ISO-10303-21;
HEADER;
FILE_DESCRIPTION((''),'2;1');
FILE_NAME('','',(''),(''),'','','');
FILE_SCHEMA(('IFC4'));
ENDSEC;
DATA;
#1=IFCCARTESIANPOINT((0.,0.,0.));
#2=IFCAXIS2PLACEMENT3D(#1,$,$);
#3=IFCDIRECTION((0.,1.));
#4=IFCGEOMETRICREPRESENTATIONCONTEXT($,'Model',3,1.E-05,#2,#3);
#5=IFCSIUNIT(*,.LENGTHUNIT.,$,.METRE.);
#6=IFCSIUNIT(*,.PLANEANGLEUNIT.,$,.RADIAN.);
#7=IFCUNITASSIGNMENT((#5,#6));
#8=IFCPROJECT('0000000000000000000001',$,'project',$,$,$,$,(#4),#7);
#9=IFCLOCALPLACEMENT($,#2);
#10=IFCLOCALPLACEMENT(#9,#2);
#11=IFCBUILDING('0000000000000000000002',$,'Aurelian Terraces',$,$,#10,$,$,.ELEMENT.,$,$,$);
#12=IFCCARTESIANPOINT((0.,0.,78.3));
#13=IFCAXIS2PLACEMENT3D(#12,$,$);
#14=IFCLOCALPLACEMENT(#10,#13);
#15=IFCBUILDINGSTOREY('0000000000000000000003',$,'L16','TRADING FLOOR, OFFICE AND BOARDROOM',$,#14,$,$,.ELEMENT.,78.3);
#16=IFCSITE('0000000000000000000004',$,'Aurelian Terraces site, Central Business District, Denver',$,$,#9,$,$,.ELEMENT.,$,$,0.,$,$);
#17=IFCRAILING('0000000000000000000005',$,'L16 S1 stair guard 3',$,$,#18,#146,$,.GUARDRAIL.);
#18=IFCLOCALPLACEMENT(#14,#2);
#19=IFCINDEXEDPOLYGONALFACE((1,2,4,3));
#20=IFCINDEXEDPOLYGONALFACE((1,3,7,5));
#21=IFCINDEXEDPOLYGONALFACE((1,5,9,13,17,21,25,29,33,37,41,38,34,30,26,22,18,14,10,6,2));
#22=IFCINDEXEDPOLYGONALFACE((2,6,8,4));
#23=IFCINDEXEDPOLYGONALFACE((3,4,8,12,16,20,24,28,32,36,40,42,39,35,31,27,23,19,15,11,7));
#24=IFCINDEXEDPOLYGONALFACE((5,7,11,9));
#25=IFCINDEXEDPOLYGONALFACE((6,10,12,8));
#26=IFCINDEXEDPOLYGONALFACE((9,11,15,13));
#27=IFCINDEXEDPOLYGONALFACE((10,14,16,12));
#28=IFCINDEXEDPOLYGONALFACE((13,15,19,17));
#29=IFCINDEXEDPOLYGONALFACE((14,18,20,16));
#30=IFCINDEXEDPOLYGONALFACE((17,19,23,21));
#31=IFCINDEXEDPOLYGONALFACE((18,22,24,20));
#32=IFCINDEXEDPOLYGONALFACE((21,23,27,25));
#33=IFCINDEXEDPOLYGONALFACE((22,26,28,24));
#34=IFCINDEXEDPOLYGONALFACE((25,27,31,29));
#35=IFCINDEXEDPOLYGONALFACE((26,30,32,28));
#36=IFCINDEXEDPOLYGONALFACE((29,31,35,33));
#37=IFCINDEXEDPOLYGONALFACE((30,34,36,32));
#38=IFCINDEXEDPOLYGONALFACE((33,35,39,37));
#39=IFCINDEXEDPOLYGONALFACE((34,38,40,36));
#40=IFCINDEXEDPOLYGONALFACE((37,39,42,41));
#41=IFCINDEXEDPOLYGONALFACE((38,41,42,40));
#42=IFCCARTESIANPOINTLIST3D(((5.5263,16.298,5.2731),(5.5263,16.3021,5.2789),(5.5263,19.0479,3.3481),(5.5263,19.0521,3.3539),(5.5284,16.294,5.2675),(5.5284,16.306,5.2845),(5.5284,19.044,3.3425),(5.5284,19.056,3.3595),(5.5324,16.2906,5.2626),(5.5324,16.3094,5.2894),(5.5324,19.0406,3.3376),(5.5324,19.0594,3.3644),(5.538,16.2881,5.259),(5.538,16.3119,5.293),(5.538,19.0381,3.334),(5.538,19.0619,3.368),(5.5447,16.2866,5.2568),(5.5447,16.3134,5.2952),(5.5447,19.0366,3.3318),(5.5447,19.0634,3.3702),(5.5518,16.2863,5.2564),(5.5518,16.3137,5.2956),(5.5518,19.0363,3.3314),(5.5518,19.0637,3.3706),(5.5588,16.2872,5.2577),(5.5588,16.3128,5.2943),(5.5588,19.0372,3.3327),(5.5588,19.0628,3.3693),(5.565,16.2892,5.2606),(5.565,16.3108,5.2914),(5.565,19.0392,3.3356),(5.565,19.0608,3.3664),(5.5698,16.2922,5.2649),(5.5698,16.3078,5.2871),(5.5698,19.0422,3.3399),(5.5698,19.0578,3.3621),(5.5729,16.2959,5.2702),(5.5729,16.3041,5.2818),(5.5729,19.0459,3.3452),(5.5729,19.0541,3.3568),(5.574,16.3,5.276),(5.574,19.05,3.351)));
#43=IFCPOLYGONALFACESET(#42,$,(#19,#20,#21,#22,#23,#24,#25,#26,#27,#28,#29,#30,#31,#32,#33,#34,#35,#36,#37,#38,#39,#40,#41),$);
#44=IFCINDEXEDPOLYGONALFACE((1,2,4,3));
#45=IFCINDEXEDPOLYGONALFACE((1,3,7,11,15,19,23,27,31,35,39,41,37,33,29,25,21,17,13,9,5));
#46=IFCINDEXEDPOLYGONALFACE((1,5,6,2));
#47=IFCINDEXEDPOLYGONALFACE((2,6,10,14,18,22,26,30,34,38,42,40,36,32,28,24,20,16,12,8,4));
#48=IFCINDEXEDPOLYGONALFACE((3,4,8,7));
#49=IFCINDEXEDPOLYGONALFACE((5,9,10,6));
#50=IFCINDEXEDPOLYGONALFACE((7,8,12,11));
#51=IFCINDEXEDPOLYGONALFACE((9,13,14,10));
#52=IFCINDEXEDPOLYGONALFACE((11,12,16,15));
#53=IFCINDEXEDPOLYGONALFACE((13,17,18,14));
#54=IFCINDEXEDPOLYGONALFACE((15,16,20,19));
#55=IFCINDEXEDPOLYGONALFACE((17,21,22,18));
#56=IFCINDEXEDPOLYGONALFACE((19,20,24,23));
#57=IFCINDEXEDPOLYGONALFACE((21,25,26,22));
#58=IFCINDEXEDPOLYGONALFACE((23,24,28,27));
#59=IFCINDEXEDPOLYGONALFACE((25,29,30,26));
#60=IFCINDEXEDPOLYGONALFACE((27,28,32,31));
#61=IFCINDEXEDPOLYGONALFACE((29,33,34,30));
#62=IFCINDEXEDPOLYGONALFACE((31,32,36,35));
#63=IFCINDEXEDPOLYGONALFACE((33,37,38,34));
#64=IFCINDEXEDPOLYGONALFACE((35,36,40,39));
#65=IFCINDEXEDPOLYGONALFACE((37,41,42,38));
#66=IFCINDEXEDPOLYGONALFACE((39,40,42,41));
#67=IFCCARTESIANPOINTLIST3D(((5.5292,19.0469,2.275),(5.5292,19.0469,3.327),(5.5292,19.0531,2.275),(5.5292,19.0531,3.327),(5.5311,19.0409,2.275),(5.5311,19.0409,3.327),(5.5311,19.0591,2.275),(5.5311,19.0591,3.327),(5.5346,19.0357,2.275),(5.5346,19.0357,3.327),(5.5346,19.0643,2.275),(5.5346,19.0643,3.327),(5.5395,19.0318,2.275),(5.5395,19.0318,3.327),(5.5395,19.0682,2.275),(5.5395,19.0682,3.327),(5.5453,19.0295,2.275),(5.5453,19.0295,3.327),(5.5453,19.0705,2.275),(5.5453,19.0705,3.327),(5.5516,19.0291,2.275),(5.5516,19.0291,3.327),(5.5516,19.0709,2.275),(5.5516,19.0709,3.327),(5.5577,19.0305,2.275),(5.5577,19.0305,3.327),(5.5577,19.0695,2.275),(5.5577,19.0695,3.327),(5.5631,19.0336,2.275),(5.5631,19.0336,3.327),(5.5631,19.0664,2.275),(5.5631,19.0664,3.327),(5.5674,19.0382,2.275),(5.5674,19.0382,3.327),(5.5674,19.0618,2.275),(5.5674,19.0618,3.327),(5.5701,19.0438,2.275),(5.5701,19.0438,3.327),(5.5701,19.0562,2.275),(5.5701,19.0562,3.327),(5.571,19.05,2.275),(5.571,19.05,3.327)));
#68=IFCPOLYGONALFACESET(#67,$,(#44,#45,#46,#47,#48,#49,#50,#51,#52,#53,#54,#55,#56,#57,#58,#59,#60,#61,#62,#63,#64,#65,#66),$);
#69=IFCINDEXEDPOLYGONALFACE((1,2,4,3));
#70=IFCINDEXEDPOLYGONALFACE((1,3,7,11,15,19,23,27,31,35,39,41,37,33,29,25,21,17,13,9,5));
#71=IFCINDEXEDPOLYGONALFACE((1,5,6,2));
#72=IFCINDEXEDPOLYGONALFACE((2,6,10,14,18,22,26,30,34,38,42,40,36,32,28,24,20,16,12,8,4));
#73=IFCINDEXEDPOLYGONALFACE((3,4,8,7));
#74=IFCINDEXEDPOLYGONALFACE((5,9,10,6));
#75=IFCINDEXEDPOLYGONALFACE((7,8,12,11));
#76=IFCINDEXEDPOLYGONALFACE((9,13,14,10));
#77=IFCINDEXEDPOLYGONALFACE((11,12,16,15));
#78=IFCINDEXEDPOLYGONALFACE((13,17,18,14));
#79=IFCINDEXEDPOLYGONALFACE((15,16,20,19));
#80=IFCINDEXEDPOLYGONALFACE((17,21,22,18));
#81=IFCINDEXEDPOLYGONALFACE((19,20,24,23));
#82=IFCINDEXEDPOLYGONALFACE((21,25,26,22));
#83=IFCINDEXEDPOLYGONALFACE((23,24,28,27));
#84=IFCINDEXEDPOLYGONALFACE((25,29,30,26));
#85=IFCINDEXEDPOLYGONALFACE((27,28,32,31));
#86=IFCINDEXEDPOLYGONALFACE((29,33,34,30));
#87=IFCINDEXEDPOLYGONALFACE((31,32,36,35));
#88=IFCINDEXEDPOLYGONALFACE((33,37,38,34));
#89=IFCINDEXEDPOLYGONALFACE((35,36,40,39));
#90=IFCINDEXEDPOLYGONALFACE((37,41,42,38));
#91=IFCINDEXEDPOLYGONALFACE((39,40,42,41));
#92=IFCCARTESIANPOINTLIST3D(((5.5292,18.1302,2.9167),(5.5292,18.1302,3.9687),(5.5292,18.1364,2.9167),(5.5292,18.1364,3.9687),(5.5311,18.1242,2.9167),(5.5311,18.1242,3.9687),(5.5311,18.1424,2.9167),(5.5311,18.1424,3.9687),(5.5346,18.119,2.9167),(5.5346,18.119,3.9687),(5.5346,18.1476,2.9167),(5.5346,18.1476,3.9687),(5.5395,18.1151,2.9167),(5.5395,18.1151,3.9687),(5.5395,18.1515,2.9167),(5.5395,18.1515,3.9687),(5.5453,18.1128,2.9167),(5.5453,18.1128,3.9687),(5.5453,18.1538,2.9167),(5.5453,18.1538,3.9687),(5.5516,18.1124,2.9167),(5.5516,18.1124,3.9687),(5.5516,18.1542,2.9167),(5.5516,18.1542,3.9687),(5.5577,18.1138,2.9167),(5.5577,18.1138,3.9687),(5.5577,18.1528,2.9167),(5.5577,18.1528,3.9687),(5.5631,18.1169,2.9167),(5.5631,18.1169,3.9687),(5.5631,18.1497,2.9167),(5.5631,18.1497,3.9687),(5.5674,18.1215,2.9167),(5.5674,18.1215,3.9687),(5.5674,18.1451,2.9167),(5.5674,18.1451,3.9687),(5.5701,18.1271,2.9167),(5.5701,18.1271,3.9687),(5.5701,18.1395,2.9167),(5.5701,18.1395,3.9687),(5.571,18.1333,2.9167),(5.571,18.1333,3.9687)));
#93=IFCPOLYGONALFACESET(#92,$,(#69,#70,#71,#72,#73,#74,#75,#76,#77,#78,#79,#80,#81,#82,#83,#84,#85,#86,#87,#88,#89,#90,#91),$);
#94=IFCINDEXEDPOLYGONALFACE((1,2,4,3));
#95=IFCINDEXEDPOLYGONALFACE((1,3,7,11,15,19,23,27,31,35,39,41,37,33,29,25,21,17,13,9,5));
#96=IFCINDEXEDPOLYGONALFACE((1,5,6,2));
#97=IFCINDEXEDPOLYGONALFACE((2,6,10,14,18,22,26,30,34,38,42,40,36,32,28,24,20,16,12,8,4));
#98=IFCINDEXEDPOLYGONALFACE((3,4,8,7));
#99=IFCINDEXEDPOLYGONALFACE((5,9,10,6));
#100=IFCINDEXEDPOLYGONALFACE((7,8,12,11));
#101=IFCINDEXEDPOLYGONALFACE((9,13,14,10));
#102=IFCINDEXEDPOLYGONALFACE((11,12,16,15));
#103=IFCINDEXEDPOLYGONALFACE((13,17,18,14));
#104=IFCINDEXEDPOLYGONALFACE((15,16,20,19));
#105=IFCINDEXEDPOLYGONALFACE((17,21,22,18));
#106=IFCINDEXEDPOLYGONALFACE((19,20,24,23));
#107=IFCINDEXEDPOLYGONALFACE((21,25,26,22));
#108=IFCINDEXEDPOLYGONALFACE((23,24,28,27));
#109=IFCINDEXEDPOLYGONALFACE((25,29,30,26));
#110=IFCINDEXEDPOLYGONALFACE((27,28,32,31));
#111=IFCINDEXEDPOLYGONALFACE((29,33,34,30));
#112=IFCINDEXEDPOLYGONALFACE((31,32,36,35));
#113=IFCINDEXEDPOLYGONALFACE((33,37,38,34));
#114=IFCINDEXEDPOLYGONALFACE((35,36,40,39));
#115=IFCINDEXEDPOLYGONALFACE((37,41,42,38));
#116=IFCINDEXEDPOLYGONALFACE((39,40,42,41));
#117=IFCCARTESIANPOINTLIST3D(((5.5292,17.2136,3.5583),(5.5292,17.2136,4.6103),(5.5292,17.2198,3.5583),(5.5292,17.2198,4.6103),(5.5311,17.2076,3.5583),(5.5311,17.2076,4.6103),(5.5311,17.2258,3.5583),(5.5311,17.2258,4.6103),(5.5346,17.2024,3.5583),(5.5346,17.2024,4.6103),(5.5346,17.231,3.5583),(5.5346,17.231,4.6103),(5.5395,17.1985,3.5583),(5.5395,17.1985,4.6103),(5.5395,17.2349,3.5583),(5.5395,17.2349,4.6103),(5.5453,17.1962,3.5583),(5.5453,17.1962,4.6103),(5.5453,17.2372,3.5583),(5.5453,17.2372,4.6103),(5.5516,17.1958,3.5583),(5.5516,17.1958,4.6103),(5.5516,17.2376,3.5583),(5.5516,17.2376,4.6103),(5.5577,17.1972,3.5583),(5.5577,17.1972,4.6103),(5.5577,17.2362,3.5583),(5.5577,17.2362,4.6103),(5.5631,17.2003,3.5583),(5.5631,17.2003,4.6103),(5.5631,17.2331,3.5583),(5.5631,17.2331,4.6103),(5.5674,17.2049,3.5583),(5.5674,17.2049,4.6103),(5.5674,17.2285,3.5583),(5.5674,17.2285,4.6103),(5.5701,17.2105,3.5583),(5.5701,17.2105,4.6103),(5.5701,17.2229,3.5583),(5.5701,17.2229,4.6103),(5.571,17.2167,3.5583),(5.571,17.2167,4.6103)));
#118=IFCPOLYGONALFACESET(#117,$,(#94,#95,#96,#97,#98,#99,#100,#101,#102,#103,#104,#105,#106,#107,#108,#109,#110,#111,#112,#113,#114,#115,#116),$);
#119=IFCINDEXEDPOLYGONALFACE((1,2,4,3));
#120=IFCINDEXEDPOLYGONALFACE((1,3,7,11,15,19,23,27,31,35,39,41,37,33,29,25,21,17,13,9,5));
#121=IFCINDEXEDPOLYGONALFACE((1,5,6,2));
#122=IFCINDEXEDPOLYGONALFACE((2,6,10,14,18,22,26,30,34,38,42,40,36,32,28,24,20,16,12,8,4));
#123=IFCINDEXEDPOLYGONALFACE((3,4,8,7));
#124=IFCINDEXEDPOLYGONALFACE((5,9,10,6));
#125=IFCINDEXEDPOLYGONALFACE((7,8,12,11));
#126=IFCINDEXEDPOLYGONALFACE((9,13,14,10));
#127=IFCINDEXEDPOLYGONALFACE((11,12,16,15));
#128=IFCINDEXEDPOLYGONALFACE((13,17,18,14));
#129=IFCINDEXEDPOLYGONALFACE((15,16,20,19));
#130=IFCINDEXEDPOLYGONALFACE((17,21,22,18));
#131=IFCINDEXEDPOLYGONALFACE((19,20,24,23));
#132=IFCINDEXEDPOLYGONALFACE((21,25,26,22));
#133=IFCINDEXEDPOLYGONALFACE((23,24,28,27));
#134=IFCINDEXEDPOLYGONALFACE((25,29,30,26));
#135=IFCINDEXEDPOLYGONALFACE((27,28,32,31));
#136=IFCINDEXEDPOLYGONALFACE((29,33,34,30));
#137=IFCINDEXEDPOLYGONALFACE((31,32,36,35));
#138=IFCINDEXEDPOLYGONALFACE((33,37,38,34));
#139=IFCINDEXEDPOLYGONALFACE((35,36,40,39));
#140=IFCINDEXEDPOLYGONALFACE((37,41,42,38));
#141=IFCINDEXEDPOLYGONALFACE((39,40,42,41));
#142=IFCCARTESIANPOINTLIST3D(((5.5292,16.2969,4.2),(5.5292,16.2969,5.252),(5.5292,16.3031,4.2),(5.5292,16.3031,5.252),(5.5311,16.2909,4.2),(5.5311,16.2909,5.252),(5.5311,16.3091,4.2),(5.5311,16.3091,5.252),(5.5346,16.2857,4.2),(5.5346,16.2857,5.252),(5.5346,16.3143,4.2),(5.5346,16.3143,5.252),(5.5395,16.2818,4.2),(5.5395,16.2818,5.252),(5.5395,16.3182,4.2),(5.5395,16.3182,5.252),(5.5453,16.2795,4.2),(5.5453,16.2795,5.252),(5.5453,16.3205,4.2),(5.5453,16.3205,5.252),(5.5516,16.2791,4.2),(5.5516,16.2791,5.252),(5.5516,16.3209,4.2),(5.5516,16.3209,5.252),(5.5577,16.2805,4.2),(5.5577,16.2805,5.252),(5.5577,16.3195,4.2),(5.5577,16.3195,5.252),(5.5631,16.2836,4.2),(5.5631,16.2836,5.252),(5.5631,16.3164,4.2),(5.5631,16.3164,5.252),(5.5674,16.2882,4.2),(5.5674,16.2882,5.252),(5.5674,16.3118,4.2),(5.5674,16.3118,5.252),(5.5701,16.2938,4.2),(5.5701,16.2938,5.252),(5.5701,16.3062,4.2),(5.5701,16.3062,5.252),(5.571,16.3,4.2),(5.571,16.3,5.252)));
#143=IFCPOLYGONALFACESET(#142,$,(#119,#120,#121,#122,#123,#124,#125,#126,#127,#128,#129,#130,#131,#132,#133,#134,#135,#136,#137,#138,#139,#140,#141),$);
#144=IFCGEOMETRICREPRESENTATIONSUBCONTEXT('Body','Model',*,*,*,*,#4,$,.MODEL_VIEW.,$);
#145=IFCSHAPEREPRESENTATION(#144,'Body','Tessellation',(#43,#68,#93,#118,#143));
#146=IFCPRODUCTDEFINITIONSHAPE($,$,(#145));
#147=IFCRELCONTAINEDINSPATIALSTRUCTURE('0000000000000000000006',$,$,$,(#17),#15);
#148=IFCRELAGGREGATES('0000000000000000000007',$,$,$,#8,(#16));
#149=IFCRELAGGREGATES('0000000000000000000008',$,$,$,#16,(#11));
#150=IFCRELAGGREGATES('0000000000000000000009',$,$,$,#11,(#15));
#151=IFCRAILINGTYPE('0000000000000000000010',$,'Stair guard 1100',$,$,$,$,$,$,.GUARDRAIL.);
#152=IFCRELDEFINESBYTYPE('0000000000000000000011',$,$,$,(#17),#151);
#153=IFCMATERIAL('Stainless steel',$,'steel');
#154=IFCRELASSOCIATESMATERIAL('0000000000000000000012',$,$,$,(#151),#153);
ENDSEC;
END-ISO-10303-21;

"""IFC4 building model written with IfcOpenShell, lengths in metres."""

from ifc_helpers import new_model, si_unit, direction, frame, origin, origin_2d, place, context, subcontext, project, spatial, circle, extrude, source, transform, mapped, material, type_object, element, save


model = new_model("IFC4")

# Units and contexts
model_context = context("Model", 3, precision=1e-05, world=origin(), true_north=direction((0.0, 1.0)))
body_context = subcontext(model_context, "Body", "Model", "MODEL_VIEW")
ifc_project = project(units=[si_unit("LENGTHUNIT", "METRE"), si_unit("PLANEANGLEUNIT", "RADIAN")], contexts=[model_context])

# Site, building, storey
site_placement = place(None, origin())
site = spatial("IfcSite", under=ifc_project, at=site_placement, Name="Aurelian Terraces site, Central Business District, Denver", CompositionType="ELEMENT", RefElevation=0.0)
building_placement = place(site_placement, origin())
building = spatial("IfcBuilding", under=site, at=building_placement, Name="Aurelian Terraces", CompositionType="ELEMENT")
storey_placement = place(building_placement, frame((0.0, 0.0, 78.3)))
storey = spatial("IfcBuildingStorey", under=building, at=storey_placement, Name="L16", Description="TRADING FLOOR, OFFICE AND BOARDROOM", CompositionType="ELEMENT", Elevation=78.3)

# Railing
ifc_material_1 = material(Name="Stainless steel", Category="steel")
railing_type_1 = type_object("IfcRailingType", Name="Stair guard 1100", PredefinedType="GUARDRAIL", material=ifc_material_1)
shared_shape_1 = source(origin(), body_context, "Body", "SweptSolid", [
    extrude(circle(Radius=0.024, at=origin_2d()), frame((0.0, 0.0, 1.076), z_axis=(0.0, -0.819232, 0.573462), x_axis=(1.0, 0.0, 0.0)), (0.0, 0.0, 1.0), 3.3568),
    extrude(circle(Radius=0.021, at=origin_2d()), origin(), (0.0, 0.0, 1.0), 1.052),
    extrude(circle(Radius=0.021, at=origin_2d()), frame((0.0, -0.9167, 0.6417)), (0.0, 0.0, 1.0), 1.052),
    extrude(circle(Radius=0.021, at=origin_2d()), frame((0.0, -1.8333, 1.2833)), (0.0, 0.0, 1.0), 1.052),
    extrude(circle(Radius=0.021, at=origin_2d()), frame((0.0, -2.75, 1.925)), (0.0, 0.0, 1.0), 1.052),
])
railing_1_placement = place(storey_placement, frame((5.55, 19.05, 2.275)))
element("IfcRailing", 1, at=railing_1_placement, inside=storey, type_object=railing_type_1, Name="L16 S1 stair guard 3", PredefinedType="GUARDRAIL", context=body_context, shape_type="MappedRepresentation", body=[
    mapped(shared_shape_1, transform((0.0, 0.0, 0.0), scale=1.0)),
])

save(model, "model.ifc")
